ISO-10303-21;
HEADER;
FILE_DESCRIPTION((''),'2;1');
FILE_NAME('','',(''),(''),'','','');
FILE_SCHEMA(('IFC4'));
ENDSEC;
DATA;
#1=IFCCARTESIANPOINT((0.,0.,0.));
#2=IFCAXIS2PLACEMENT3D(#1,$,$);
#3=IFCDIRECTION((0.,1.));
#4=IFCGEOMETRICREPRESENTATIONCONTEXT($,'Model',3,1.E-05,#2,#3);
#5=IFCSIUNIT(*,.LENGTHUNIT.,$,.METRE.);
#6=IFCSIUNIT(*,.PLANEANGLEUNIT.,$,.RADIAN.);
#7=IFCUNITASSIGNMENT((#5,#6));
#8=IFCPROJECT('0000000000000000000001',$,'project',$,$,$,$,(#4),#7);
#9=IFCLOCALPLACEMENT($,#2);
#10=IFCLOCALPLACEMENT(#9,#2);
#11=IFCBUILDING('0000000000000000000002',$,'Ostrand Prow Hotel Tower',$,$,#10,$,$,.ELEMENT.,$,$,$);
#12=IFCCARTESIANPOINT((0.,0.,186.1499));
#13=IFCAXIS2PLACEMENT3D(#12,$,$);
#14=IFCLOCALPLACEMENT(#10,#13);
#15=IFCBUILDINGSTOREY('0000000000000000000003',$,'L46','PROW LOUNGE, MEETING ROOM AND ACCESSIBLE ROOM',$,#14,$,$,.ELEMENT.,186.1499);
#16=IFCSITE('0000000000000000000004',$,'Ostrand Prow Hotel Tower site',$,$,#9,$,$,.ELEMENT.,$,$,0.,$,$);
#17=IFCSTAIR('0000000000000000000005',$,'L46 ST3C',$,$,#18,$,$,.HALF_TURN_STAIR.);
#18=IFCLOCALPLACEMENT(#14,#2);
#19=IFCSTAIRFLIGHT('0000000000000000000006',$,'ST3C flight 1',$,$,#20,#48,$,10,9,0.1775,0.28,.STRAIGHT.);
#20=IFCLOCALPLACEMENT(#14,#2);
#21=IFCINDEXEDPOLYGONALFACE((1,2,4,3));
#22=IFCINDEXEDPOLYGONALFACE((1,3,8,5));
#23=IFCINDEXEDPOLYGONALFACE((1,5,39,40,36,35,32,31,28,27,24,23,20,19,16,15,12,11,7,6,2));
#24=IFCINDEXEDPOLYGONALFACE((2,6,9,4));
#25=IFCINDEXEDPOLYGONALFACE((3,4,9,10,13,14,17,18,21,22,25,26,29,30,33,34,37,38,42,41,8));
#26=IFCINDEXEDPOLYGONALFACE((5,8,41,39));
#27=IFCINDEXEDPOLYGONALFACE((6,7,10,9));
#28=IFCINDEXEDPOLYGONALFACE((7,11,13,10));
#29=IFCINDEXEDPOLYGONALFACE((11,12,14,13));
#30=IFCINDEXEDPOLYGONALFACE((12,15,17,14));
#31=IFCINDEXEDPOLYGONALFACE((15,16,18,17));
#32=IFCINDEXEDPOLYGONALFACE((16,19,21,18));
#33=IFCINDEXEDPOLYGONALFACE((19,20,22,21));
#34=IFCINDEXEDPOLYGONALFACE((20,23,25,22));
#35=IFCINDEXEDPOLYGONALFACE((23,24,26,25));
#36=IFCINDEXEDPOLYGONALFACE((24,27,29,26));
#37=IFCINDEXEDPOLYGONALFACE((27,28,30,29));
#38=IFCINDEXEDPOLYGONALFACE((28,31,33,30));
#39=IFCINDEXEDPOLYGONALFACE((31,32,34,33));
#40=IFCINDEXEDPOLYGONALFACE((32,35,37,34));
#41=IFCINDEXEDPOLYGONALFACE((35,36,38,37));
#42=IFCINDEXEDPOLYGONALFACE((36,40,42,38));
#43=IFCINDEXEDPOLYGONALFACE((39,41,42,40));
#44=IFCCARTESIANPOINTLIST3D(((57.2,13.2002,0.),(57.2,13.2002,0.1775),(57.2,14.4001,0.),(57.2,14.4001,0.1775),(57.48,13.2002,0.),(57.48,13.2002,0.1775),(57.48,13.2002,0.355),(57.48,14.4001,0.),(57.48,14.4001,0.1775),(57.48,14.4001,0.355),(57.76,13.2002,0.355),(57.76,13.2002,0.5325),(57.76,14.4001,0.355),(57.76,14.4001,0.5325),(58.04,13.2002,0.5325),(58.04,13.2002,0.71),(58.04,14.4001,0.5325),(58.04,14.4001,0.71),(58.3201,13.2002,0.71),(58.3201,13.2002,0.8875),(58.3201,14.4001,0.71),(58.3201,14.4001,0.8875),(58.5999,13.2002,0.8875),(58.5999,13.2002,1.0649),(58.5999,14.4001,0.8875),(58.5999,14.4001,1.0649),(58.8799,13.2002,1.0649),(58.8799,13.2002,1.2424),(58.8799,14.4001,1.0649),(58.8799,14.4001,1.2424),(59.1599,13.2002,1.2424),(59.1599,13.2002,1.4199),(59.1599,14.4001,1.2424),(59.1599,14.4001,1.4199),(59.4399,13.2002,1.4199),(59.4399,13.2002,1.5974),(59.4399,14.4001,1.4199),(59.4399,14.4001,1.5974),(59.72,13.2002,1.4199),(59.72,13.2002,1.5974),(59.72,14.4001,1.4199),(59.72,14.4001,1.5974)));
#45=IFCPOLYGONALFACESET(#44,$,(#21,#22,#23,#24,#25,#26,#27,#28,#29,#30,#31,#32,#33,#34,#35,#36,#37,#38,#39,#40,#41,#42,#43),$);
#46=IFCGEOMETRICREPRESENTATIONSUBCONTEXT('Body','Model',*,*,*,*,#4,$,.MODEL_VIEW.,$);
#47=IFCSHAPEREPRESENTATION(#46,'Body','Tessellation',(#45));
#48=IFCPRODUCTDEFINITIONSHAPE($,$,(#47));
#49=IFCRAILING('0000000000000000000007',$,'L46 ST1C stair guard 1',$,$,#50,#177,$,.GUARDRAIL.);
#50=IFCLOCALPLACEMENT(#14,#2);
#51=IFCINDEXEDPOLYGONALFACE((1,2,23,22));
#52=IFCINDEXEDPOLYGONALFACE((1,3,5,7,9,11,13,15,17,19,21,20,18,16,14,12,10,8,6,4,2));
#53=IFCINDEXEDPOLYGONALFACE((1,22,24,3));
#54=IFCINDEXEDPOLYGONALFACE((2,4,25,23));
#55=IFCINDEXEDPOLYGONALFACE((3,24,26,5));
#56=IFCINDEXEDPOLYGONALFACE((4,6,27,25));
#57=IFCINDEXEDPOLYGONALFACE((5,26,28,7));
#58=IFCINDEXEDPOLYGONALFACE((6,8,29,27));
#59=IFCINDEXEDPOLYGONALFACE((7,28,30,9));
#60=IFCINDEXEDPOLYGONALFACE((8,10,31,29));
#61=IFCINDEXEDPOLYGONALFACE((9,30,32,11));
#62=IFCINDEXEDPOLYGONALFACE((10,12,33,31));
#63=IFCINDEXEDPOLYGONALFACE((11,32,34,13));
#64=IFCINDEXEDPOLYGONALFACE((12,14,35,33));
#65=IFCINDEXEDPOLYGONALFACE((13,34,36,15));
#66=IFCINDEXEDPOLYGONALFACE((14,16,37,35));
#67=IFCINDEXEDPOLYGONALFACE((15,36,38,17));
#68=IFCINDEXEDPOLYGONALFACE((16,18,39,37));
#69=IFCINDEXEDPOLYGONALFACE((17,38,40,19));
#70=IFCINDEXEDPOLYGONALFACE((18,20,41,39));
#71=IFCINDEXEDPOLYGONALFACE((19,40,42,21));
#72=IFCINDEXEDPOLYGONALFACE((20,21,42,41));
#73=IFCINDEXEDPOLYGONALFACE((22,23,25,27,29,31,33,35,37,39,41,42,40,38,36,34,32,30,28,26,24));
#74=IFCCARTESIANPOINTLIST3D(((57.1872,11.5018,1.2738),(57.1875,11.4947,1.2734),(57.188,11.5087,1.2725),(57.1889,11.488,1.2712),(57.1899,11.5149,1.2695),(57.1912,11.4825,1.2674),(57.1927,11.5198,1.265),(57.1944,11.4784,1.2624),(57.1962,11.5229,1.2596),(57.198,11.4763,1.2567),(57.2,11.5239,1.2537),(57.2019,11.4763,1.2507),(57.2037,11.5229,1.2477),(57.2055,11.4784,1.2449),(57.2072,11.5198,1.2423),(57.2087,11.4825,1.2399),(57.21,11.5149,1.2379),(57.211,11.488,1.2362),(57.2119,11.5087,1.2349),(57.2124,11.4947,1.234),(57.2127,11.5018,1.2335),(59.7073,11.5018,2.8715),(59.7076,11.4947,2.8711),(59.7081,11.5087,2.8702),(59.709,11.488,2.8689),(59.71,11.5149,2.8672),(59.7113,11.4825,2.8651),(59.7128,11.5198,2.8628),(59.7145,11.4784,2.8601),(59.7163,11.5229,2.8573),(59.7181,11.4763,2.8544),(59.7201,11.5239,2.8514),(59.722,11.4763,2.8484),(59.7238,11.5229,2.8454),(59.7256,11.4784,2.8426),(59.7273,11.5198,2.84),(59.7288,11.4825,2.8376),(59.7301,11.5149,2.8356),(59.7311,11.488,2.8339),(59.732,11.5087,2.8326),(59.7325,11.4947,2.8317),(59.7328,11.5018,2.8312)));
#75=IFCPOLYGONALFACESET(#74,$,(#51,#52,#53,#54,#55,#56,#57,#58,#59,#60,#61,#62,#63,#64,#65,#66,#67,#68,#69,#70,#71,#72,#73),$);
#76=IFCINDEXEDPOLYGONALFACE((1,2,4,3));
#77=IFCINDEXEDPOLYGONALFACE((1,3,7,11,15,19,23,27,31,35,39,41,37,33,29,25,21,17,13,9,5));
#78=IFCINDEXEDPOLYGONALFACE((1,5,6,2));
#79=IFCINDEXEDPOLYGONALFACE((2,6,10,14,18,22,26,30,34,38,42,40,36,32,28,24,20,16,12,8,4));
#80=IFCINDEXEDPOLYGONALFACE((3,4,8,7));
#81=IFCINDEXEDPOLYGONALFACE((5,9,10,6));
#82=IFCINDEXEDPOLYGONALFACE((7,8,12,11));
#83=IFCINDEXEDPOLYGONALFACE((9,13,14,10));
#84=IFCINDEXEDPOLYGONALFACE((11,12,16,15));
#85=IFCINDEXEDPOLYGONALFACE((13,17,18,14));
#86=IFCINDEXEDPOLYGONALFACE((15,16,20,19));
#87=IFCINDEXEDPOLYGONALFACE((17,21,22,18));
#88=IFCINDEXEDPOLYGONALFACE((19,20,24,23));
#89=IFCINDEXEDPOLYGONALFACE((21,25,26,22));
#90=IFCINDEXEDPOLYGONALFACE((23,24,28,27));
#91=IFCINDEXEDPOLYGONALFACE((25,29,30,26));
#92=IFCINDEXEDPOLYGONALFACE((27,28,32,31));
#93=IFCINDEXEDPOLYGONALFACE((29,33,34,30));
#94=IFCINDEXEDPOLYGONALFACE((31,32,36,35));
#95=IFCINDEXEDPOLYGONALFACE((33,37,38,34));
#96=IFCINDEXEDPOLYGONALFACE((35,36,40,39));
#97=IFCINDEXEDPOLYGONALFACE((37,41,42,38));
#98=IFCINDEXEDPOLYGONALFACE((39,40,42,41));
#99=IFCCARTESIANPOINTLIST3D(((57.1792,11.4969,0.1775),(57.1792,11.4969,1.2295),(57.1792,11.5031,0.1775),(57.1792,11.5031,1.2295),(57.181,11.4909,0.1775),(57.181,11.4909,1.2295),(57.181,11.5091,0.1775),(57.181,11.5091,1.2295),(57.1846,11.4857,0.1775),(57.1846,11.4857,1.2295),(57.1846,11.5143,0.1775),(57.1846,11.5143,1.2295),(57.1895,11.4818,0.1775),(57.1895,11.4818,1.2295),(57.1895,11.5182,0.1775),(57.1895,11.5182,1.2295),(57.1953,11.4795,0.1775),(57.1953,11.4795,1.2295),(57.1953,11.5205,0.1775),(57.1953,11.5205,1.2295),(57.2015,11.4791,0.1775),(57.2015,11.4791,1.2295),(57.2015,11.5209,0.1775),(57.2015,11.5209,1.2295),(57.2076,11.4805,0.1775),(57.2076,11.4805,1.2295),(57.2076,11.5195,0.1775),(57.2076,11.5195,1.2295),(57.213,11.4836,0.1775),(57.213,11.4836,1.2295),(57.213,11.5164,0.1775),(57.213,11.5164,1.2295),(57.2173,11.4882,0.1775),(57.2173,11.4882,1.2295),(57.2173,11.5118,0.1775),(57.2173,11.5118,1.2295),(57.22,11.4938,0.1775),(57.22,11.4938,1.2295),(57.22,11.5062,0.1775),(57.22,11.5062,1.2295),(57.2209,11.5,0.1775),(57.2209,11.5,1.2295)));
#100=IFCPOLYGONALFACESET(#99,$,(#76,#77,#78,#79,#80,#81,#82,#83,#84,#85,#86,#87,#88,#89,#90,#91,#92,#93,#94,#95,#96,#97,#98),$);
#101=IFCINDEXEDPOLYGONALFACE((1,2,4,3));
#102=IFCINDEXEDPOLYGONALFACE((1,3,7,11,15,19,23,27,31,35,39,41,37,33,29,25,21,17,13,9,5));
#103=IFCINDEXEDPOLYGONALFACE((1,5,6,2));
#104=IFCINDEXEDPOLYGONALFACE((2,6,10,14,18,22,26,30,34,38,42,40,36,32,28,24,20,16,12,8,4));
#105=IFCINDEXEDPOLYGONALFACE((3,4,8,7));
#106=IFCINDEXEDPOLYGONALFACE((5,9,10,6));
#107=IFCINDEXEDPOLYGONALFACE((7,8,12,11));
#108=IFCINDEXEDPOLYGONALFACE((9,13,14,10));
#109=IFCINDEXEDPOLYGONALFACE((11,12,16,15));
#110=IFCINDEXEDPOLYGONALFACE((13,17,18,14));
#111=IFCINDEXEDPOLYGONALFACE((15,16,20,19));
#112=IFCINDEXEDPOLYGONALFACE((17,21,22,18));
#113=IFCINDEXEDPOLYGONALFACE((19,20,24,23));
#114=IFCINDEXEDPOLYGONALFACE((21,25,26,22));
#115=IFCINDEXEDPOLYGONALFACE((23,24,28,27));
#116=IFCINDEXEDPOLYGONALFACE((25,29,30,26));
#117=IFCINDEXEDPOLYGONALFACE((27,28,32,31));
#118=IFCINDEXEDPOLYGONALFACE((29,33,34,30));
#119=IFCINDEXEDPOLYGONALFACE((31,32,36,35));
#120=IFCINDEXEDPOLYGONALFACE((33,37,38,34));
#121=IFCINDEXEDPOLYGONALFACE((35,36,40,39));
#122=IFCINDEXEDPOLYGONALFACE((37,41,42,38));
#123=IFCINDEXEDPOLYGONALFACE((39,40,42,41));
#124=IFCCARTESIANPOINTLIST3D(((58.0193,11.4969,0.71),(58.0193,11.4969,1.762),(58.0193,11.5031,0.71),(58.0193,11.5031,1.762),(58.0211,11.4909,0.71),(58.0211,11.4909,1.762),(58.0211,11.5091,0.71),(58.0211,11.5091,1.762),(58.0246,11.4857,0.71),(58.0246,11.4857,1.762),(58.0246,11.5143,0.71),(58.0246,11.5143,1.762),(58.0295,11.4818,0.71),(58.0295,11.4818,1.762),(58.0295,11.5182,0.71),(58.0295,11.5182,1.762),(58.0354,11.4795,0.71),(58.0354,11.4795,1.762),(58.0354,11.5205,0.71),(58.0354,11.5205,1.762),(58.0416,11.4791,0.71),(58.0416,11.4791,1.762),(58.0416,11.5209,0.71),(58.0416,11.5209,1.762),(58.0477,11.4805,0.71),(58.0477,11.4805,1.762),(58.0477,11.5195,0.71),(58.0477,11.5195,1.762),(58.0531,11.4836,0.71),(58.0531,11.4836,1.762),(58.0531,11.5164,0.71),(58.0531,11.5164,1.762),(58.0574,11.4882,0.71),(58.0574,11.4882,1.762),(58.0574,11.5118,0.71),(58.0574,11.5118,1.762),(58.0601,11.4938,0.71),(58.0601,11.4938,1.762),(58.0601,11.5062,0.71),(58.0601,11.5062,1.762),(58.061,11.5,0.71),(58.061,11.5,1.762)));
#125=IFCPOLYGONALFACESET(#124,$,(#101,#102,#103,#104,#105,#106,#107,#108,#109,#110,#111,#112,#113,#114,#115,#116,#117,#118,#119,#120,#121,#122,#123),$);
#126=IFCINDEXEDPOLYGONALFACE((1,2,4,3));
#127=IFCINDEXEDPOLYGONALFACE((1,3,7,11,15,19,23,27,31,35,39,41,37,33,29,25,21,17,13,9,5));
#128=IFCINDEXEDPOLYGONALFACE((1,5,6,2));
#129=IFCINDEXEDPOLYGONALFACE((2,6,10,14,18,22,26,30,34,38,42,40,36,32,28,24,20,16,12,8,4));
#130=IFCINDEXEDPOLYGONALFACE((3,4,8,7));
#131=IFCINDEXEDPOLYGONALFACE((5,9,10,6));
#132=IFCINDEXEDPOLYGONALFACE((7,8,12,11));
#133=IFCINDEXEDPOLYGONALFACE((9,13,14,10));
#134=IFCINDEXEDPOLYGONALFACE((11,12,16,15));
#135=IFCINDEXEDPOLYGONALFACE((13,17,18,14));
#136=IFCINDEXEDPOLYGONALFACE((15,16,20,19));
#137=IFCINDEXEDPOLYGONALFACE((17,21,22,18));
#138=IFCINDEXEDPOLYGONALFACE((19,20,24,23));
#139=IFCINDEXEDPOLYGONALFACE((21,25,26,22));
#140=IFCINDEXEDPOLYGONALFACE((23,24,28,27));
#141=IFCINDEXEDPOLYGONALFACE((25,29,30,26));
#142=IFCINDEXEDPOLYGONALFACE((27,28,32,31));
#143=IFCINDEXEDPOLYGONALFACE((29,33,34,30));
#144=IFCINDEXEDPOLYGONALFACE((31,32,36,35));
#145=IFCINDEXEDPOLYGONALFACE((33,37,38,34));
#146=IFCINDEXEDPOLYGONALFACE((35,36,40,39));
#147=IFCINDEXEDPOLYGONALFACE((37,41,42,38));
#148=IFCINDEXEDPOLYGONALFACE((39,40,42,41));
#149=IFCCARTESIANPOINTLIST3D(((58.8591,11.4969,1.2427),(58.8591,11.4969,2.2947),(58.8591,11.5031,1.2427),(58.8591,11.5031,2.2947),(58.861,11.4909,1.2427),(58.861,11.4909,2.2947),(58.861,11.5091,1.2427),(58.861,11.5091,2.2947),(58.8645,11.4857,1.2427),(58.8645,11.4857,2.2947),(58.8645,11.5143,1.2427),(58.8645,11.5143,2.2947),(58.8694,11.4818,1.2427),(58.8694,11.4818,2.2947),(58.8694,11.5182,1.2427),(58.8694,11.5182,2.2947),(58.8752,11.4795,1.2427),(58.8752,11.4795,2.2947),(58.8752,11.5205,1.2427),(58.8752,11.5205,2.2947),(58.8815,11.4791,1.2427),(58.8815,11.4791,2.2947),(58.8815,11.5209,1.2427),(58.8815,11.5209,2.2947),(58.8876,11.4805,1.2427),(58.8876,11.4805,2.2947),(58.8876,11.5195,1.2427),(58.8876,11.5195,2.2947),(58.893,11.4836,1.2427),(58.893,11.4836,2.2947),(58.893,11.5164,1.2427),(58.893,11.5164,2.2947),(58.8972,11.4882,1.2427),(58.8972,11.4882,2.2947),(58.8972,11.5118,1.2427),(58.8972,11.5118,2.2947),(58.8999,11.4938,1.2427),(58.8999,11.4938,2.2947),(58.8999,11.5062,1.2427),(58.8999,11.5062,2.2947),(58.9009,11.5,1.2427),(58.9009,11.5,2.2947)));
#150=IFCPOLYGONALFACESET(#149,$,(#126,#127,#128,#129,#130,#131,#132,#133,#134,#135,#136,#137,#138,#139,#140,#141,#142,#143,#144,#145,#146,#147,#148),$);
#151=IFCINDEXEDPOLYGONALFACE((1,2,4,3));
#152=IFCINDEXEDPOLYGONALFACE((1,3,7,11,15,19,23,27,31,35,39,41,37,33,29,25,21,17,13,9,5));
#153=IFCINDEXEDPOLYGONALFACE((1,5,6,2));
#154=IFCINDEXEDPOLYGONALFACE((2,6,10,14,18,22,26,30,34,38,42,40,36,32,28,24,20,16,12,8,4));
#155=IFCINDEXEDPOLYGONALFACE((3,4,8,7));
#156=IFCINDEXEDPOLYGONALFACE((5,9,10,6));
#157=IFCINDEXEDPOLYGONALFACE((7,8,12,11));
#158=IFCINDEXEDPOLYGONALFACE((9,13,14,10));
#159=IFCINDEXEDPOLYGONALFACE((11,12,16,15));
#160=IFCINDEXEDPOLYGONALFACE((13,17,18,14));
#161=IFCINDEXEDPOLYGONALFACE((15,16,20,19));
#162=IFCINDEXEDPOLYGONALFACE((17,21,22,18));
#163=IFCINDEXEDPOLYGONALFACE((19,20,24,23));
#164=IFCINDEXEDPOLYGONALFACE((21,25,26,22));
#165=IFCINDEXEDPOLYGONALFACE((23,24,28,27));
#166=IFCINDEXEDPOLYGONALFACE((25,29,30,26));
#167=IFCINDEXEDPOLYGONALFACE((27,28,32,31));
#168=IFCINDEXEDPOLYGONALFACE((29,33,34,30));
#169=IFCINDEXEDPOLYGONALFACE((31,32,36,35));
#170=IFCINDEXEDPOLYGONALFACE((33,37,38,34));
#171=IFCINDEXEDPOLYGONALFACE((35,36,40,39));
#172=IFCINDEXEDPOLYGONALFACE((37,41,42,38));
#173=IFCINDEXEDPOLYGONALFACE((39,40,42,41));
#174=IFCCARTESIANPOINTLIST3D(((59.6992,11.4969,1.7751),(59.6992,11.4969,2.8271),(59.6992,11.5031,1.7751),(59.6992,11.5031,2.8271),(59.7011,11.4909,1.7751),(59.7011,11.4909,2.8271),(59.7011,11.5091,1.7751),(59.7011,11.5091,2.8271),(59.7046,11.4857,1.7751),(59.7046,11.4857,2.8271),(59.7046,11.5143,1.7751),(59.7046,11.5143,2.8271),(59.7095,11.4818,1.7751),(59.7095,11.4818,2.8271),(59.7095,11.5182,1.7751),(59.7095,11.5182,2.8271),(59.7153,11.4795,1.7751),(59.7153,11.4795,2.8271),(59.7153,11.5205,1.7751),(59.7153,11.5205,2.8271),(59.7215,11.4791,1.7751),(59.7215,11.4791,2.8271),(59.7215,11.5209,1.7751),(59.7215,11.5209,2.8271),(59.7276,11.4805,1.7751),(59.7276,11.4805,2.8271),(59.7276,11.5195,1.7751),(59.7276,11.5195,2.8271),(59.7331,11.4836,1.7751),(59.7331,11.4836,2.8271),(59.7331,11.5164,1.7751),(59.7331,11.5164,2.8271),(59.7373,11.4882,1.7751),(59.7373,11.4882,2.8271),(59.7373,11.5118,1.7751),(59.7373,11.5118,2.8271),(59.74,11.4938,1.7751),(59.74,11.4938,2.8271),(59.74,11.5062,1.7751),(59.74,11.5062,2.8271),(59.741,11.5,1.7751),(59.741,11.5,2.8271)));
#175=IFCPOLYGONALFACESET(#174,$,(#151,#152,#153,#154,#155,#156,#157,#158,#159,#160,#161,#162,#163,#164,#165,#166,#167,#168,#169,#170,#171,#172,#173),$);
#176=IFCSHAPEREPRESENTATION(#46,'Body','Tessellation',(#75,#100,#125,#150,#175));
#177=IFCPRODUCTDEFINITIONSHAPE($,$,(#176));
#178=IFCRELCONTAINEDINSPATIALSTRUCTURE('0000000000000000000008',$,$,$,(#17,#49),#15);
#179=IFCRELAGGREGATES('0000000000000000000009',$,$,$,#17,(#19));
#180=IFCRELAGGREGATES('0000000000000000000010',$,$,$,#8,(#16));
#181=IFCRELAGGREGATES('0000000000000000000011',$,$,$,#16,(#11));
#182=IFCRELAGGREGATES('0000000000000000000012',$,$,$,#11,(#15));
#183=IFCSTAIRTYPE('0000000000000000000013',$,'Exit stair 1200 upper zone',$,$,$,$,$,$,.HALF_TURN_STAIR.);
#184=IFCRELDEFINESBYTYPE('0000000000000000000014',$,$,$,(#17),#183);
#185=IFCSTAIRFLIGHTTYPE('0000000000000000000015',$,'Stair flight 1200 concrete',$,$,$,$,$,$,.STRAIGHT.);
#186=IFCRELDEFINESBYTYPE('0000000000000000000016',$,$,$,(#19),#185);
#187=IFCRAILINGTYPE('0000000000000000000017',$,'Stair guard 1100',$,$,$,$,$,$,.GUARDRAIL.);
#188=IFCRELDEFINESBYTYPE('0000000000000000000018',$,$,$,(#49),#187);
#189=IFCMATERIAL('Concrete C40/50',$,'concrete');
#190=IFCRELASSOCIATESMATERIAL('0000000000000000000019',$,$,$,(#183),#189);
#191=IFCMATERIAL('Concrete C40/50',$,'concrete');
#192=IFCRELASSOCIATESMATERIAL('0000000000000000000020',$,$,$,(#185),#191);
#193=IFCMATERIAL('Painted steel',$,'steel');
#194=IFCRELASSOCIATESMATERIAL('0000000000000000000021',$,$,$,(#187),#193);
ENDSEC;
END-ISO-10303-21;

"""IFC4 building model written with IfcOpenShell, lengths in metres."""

from ifc_helpers import new_model, si_unit, direction, frame, origin, origin_2d, place, context, subcontext, project, spatial, polyline, circle, outline, extrude, material, type_object, element, aggregate, save


model = new_model("IFC4")

# Units and contexts
model_context = context("Model", 3, precision=1e-05, world=origin(), true_north=direction((0.0, 1.0)))
body_context = subcontext(model_context, "Body", "Model", "MODEL_VIEW")
ifc_project = project(units=[si_unit("LENGTHUNIT", "METRE"), si_unit("PLANEANGLEUNIT", "RADIAN")], contexts=[model_context])

# Site, building, storey
site_placement = place(None, origin())
site = spatial("IfcSite", under=ifc_project, at=site_placement, Name="Ostrand Prow Hotel Tower site", CompositionType="ELEMENT", RefElevation=0.0)
building_placement = place(site_placement, origin())
building = spatial("IfcBuilding", under=site, at=building_placement, Name="Ostrand Prow Hotel Tower", CompositionType="ELEMENT")
storey_placement = place(building_placement, frame((0.0, 0.0, 186.1499)))
storey = spatial("IfcBuildingStorey", under=building, at=storey_placement, Name="L46", Description="PROW LOUNGE, MEETING ROOM AND ACCESSIBLE ROOM", CompositionType="ELEMENT", Elevation=186.1499)

# Shared definitions
ifc_material_1 = material(Name="Concrete C40/50", Category="concrete")
stair_type = type_object("IfcStairType", Name="Exit stair 1200 upper zone", PredefinedType="HALF_TURN_STAIR", material=ifc_material_1)
ifc_material_2 = material(Name="Concrete C40/50", Category="concrete")
stair_flight_type = type_object("IfcStairFlightType", Name="Stair flight 1200 concrete", PredefinedType="STRAIGHT", material=ifc_material_2)

# Stair, stair flight
stair_1_placement = place(storey_placement, origin())
stair_1 = element("IfcStair", 1, at=stair_1_placement, inside=storey, type_object=stair_type, Name="L46 ST3C", PredefinedType="HALF_TURN_STAIR")
stair_flight_1_placement = place(storey_placement, frame((57.2, 13.8, 0.0), z_axis=(0.0, 0.0, 1.0), x_axis=(1.0, 0.0, 0.0)))
stair_flight_1 = element("IfcStairFlight", 2, at=stair_flight_1_placement, type_object=stair_flight_type, Name="ST3C flight 1", NumberOfRisers=10, NumberOfTreads=9, PredefinedType="STRAIGHT", RiserHeight=0.1775, TreadLength=0.28, context=body_context, shape_type="SweptSolid", body=[
    extrude(outline(polyline([(0.0, 0.0), (0.0, 0.1775), (0.28, 0.1775), (0.28, 0.355), (0.5601, 0.355), (0.5601, 0.5325), (0.8401, 0.5325), (0.8401, 0.71), (1.1201, 0.71), (1.1201, 0.8875), (1.3999, 0.8875), (1.3999, 1.0649), (1.6799, 1.0649), (1.6799, 1.2424), (1.96, 1.2424), (1.96, 1.4199), (2.24, 1.4199), (2.24, 1.5974), (2.52, 1.5974), (2.52, 1.7749), (2.52, 1.4199), (0.28, 0.0), (0.0, 0.0)])), frame((0.0, 0.6001, 0.0), z_axis=(0.0, -1.0, 0.0), x_axis=(1.0, 0.0, 0.0)), (0.0, 0.0, 1.0), 1.2),
])
aggregate(stair_1, [stair_flight_1])

# Railing
ifc_material_3 = material(Name="Painted steel", Category="steel")
railing_type_1 = type_object("IfcRailingType", Name="Stair guard 1100", PredefinedType="GUARDRAIL", material=ifc_material_3)
railing_1_placement = place(storey_placement, frame((57.2, 11.5, 0.1775)))
element("IfcRailing", 3, at=railing_1_placement, inside=storey, type_object=railing_type_1, Name="L46 ST1C stair guard 1", PredefinedType="GUARDRAIL", context=body_context, shape_type="SweptSolid", body=[
    extrude(circle(Radius=0.0239, at=origin_2d()), frame((0.0, 0.0, 1.0762), z_axis=(0.84457, 0.0, 0.535445), x_axis=(0.0, 1.0, 0.0)), (0.0, 0.0, 1.0), 2.9839),
    extrude(circle(Radius=0.021, at=origin_2d()), origin(), (0.0, 0.0, 1.0), 1.052),
    extrude(circle(Radius=0.021, at=origin_2d()), frame((0.8401, 0.0, 0.5325)), (0.0, 0.0, 1.0), 1.052),
    extrude(circle(Radius=0.021, at=origin_2d()), frame((1.6799, 0.0, 1.0652)), (0.0, 0.0, 1.0), 1.052),
    extrude(circle(Radius=0.021, at=origin_2d()), frame((2.52, 0.0, 1.5977)), (0.0, 0.0, 1.0), 1.052),
])

save(model, "model.ifc")
